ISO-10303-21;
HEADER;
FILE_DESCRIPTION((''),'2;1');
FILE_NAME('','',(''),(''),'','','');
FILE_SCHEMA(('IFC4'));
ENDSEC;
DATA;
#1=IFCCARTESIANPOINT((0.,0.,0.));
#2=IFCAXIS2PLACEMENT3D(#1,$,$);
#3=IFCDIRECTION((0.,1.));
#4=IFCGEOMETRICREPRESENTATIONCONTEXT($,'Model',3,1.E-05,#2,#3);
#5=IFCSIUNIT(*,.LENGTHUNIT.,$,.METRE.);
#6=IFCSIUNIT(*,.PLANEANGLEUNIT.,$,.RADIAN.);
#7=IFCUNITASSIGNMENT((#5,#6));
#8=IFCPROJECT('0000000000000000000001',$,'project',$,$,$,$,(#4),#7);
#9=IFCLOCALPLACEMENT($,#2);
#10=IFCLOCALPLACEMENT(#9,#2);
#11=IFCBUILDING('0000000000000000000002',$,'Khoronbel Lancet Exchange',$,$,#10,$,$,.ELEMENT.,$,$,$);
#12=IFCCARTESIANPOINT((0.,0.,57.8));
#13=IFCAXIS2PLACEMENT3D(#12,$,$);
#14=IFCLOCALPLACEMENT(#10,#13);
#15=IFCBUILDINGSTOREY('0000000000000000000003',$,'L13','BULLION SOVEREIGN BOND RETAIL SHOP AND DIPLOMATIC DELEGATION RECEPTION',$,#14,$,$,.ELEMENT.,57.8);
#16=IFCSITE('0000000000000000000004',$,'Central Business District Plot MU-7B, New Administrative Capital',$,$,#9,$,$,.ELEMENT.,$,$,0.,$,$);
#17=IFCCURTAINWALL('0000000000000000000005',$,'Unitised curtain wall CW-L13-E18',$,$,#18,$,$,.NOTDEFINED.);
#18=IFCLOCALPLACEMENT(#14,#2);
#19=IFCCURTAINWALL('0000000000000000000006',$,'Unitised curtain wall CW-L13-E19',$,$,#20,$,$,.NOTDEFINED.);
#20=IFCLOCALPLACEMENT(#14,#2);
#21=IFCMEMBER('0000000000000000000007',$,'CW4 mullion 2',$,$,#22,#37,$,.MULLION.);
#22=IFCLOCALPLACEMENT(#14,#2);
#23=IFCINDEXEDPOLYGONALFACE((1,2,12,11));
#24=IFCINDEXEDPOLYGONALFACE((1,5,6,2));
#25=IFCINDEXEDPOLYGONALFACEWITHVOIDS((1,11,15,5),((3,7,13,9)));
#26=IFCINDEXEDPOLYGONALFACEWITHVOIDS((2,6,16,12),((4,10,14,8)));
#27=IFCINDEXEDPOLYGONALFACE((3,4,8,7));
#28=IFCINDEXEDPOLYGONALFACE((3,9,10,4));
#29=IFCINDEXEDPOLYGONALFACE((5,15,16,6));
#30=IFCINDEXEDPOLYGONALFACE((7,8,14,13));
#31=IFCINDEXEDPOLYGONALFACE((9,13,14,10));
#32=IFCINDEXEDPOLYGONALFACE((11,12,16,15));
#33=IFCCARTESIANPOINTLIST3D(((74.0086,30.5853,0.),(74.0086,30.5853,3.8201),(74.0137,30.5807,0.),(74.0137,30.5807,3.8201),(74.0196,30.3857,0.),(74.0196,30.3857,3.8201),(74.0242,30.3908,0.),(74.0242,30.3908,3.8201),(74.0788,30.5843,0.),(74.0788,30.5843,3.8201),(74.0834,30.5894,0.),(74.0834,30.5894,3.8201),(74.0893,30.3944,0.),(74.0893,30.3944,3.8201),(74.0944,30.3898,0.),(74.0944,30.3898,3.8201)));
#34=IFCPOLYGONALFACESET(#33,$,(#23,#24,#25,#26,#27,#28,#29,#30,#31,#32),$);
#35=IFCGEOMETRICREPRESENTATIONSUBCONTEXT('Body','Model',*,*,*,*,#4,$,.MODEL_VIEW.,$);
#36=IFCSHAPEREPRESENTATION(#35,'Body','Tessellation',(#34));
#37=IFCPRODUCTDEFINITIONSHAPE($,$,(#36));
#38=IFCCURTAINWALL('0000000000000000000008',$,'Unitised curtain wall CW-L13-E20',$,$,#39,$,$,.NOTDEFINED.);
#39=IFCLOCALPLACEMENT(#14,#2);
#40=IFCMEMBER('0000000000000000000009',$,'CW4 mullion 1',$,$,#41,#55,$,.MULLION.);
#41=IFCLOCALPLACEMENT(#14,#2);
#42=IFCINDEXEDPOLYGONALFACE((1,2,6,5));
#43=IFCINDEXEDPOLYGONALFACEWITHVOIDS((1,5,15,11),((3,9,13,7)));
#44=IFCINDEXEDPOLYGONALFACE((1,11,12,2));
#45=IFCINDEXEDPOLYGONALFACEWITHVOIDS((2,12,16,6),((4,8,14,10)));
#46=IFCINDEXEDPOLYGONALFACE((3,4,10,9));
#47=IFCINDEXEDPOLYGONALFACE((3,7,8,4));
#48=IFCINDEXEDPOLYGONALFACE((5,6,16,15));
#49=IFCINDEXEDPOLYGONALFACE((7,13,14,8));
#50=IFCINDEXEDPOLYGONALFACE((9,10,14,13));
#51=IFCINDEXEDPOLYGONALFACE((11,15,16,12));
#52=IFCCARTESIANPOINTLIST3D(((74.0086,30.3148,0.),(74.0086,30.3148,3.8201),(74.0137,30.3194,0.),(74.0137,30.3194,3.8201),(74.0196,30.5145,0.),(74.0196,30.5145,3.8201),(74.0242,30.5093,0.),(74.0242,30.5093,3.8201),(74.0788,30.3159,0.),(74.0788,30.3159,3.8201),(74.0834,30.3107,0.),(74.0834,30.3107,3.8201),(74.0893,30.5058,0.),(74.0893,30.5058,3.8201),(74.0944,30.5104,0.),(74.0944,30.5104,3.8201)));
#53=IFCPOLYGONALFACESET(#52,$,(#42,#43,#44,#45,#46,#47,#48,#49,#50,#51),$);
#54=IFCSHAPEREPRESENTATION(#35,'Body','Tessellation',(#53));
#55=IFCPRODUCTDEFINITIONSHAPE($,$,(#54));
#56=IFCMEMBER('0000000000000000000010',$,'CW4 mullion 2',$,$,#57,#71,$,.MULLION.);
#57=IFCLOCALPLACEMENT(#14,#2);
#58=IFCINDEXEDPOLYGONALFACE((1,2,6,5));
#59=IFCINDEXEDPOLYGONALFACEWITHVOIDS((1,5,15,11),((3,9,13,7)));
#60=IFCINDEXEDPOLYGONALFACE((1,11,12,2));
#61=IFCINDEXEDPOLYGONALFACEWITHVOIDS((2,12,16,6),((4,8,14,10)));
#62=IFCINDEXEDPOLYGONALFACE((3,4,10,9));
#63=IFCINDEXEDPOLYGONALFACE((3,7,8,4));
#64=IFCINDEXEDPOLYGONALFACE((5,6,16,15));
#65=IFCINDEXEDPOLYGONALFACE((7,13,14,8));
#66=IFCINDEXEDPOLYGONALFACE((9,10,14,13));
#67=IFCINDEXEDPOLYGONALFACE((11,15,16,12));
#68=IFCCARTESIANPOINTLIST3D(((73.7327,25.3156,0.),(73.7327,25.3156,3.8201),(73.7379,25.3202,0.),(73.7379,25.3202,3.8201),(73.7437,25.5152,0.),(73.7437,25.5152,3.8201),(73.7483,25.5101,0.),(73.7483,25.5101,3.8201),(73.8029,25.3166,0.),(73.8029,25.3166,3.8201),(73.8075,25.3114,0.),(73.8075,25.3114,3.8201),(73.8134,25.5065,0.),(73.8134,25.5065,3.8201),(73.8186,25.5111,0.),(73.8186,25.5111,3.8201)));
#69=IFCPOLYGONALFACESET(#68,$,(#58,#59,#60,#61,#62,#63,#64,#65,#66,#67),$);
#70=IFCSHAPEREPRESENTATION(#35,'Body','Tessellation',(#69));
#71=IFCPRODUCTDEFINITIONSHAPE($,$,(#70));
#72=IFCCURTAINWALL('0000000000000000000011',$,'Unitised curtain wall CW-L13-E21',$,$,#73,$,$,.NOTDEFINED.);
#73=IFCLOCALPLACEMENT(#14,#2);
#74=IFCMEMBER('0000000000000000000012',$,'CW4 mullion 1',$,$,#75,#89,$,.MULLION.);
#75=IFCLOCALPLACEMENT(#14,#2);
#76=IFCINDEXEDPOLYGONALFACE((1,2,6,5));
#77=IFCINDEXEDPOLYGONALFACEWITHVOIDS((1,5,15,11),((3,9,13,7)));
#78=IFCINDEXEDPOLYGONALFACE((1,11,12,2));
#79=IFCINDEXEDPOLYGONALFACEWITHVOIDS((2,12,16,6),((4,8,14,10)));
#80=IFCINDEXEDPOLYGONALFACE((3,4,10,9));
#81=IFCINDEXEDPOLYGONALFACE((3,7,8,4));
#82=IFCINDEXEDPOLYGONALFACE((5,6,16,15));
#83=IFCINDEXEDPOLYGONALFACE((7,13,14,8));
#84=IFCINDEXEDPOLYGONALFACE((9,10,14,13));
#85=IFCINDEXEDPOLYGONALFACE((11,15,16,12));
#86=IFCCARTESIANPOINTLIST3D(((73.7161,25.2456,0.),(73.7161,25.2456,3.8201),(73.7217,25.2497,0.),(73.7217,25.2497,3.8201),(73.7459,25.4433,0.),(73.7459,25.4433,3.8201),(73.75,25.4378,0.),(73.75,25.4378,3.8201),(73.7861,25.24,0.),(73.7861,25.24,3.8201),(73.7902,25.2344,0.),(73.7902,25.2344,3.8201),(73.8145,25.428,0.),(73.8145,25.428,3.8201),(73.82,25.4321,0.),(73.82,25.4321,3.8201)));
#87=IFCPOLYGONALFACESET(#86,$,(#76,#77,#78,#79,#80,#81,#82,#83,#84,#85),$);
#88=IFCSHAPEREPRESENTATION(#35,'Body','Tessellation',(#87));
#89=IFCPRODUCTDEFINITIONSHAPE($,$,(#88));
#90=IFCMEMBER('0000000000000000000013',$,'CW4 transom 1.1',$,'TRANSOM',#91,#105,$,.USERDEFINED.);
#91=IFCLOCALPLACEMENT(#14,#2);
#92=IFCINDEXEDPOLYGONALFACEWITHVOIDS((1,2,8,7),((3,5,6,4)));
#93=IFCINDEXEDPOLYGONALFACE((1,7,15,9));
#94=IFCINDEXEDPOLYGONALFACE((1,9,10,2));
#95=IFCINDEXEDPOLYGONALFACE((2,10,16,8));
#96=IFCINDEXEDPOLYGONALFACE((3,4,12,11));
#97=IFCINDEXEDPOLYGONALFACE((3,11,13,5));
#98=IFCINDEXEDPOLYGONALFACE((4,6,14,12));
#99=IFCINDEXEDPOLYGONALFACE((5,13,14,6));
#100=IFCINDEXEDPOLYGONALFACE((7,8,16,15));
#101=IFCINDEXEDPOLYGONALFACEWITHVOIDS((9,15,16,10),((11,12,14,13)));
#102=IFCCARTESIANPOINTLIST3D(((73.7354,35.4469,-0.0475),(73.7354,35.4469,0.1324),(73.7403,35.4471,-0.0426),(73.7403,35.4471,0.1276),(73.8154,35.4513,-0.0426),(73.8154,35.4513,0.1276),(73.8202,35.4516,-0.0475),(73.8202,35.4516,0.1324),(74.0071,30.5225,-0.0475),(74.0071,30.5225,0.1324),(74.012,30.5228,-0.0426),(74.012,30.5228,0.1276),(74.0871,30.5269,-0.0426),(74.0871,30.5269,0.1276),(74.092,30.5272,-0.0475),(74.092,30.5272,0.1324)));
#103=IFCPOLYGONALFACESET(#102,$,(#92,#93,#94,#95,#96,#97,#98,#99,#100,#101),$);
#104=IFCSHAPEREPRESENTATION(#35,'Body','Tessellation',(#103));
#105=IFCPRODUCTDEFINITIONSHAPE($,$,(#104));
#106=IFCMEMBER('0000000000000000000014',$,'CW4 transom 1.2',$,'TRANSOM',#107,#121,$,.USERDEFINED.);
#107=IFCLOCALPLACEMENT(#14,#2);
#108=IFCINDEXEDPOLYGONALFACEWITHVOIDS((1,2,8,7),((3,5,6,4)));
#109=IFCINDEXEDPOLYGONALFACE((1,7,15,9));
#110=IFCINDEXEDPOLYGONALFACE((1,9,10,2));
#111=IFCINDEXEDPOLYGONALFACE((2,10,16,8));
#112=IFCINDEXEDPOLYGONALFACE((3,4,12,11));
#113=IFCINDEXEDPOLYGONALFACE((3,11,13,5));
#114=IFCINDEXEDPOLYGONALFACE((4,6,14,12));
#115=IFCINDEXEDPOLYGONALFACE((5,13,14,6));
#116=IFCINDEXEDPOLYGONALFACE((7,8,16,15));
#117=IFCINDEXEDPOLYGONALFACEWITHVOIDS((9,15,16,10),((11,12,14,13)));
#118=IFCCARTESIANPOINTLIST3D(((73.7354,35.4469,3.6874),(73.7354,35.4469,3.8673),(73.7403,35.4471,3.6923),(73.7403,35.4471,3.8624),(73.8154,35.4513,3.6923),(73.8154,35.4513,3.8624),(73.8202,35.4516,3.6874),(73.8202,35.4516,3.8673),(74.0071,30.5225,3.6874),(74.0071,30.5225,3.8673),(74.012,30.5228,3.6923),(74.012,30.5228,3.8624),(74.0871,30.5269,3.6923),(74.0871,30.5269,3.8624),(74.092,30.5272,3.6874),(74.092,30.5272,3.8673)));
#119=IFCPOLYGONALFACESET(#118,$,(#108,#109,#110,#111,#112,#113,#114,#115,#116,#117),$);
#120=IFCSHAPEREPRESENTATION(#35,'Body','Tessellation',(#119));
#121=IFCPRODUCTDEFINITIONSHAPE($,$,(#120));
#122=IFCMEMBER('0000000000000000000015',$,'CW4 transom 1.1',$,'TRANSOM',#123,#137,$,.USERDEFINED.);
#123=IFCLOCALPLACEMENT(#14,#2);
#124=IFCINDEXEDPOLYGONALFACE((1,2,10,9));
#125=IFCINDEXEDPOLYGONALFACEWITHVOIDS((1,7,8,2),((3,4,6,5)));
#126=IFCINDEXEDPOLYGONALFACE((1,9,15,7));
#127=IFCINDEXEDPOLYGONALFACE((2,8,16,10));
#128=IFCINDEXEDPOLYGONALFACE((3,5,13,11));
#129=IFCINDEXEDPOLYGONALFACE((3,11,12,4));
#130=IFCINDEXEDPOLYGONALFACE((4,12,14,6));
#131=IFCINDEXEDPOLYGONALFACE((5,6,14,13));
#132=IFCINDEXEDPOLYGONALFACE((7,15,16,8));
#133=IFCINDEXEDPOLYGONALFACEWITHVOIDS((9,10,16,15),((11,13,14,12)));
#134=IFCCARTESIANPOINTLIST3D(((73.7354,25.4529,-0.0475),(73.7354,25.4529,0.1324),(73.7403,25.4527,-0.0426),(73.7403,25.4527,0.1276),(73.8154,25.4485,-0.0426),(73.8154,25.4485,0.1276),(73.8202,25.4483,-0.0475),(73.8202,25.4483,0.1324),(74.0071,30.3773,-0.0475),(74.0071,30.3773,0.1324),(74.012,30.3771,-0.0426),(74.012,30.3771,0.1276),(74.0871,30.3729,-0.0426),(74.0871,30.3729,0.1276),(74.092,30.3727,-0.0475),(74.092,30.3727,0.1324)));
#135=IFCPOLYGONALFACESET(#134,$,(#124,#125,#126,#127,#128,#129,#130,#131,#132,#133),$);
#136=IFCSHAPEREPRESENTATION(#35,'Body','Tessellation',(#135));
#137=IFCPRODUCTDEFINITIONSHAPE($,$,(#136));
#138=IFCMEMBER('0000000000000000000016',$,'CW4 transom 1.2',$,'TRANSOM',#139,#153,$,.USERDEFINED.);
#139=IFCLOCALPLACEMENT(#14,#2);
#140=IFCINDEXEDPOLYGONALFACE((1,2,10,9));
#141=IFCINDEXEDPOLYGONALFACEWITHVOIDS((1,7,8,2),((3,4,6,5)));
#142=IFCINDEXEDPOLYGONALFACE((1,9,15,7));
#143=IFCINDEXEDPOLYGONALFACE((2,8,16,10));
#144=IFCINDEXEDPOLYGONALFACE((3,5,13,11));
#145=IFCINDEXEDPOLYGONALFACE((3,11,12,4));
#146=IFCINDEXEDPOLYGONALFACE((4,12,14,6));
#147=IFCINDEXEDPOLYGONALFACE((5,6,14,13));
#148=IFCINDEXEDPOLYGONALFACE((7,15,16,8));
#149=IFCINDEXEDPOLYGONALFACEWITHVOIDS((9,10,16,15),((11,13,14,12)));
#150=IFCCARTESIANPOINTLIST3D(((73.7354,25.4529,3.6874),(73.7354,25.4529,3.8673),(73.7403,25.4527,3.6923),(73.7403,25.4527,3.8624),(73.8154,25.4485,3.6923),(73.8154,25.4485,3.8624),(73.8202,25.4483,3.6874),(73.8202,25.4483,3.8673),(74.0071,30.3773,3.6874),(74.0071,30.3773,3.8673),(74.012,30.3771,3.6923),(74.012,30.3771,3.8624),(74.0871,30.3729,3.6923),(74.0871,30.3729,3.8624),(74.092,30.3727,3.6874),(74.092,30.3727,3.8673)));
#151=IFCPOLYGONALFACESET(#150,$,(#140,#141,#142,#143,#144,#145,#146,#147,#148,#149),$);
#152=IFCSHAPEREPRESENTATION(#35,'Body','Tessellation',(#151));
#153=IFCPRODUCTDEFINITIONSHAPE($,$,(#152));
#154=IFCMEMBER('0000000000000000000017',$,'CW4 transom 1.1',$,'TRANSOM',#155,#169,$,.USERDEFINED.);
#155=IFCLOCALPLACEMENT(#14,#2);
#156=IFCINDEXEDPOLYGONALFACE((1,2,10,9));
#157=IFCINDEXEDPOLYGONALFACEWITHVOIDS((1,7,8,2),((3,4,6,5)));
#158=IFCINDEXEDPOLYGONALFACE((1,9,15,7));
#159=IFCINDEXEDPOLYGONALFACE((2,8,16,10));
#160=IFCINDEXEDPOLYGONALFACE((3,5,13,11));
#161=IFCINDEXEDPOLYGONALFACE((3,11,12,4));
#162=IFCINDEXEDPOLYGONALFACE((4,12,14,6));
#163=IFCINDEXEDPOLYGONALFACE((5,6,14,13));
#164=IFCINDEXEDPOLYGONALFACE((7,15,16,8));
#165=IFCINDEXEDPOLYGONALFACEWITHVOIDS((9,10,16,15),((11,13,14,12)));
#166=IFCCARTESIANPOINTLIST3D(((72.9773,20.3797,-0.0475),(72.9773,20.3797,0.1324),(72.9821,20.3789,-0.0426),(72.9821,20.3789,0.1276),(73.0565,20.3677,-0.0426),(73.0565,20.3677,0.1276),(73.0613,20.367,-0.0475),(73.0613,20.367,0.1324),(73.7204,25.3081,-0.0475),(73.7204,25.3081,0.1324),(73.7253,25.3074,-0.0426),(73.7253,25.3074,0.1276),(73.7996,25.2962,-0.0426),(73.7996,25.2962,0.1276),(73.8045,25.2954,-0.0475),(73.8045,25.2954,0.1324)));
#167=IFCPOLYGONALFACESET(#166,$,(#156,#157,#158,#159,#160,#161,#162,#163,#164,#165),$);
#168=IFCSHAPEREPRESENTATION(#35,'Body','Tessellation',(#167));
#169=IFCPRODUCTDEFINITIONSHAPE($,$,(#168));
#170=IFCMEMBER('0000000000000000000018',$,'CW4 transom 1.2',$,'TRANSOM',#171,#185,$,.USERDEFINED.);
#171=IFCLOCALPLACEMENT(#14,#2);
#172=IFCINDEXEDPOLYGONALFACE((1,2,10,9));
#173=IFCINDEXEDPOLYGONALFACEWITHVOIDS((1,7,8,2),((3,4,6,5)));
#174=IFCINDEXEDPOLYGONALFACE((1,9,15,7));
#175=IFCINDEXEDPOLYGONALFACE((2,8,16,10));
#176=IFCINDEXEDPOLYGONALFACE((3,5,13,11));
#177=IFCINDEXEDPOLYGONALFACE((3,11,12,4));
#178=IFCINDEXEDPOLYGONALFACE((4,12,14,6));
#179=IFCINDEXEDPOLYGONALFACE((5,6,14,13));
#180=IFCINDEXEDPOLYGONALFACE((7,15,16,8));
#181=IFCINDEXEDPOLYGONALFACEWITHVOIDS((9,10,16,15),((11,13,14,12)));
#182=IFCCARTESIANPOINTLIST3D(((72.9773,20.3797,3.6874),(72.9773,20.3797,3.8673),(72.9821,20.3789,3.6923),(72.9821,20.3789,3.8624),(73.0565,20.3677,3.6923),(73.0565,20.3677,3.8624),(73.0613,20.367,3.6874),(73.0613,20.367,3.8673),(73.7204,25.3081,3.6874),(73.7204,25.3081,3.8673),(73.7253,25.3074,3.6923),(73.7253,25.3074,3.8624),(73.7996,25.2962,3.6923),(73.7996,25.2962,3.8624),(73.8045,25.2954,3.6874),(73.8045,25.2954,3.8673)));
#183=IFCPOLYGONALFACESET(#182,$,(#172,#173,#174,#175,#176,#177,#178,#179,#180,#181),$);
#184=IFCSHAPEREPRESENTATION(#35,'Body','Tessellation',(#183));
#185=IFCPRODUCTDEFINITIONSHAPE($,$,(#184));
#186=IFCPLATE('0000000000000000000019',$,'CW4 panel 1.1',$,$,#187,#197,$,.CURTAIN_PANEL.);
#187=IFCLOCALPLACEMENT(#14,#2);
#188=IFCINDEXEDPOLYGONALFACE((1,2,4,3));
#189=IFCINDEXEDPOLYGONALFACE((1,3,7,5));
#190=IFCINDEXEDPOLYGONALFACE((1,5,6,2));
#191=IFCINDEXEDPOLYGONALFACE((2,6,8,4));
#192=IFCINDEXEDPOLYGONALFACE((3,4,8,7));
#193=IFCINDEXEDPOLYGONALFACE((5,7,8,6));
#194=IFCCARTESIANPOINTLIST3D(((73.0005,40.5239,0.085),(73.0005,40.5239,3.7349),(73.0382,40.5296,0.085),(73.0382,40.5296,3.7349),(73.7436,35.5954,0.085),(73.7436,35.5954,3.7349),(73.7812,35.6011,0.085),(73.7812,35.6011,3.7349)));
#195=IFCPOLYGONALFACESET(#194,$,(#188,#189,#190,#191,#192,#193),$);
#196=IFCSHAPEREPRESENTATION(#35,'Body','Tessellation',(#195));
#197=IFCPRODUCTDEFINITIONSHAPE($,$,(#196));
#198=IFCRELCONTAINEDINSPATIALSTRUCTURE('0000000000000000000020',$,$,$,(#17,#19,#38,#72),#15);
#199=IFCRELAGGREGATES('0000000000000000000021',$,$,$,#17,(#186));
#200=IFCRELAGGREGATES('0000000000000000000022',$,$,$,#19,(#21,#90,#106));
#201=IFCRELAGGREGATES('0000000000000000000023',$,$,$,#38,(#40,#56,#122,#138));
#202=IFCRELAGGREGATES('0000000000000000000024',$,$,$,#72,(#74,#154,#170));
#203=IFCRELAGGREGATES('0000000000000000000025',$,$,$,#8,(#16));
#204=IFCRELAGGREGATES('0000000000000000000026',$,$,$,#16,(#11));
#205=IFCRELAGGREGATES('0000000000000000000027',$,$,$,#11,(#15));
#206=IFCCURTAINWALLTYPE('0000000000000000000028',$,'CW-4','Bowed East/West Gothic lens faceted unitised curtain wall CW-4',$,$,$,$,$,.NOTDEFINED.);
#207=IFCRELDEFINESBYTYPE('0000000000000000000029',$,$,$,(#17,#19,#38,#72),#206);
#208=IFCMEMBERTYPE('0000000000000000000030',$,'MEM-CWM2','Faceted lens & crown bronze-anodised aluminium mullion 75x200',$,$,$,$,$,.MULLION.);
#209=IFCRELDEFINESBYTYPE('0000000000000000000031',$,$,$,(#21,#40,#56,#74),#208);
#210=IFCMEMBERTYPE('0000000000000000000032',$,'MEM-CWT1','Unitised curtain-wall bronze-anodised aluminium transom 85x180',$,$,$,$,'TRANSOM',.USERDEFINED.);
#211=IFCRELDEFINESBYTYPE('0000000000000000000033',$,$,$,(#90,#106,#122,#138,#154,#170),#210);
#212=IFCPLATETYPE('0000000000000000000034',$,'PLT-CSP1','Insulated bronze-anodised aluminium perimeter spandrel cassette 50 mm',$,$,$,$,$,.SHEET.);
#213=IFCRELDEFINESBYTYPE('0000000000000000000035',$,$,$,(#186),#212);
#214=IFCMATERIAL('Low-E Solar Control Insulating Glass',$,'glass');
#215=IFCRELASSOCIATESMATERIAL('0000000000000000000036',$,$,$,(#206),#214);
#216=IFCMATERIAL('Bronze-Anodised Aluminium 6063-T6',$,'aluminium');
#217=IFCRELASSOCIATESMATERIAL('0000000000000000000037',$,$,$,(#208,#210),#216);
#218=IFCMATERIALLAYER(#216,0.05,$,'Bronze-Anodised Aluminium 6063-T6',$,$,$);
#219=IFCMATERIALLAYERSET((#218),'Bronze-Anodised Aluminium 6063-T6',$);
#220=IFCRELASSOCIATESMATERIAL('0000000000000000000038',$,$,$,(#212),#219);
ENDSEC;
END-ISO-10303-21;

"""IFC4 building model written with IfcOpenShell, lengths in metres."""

from ifc_helpers import new_model, si_unit, direction, frame, origin, origin_2d, place, context, subcontext, project, spatial, rectangle, hollow_rectangle, extrude, material, layer, layer_set, material_profile, profile_set, type_object, element, aggregate, save


model = new_model("IFC4")

# Units and contexts
model_context = context("Model", 3, precision=1e-05, world=origin(), true_north=direction((0.0, 1.0)))
body_context = subcontext(model_context, "Body", "Model", "MODEL_VIEW")
ifc_project = project(units=[si_unit("LENGTHUNIT", "METRE"), si_unit("PLANEANGLEUNIT", "RADIAN")], contexts=[model_context])

# Site, building, storey
site_placement = place(None, origin())
site = spatial("IfcSite", under=ifc_project, at=site_placement, Name="Central Business District Plot MU-7B, New Administrative Capital", CompositionType="ELEMENT", RefElevation=0.0)
building_placement = place(site_placement, origin())
building = spatial("IfcBuilding", under=site, at=building_placement, Name="Khoronbel Lancet Exchange", CompositionType="ELEMENT")
storey_placement = place(building_placement, frame((0.0, 0.0, 57.8)))
storey = spatial("IfcBuildingStorey", under=building, at=storey_placement, Name="L13", Description="BULLION SOVEREIGN BOND RETAIL SHOP AND DIPLOMATIC DELEGATION RECEPTION", CompositionType="ELEMENT", Elevation=57.8)

# Curtain wall
ifc_material_1 = material(Name="Low-E Solar Control Insulating Glass", Category="glass")
curtain_wall_type = type_object("IfcCurtainWallType", Name="CW-4", Description="Bowed East/West Gothic lens faceted unitised curtain wall CW-4", PredefinedType="NOTDEFINED", material=ifc_material_1)
curtain_wall_1_placement = place(storey_placement, origin())
curtain_wall_1 = element("IfcCurtainWall", 1, at=curtain_wall_1_placement, inside=storey, type_object=curtain_wall_type, Name="Unitised curtain wall CW-L13-E18", PredefinedType="NOTDEFINED")
ifc_material_2 = material(Name="Bronze-Anodised Aluminium 6063-T6", Category="aluminium")
ifc_material_profile_1 = material_profile(ifc_material_2, hollow_rectangle(XDim=0.075, YDim=0.2, WallThickness=0.0049, at=origin_2d()), Name="ALU MULLION 75x200")
ifc_profile_set_1 = profile_set([ifc_material_profile_1], Name="Bronze-Anodised Aluminium 6063-T6")
member_type_1 = type_object("IfcMemberType", Name="MEM-CWM2", Description="Faceted lens & crown bronze-anodised aluminium mullion 75x200", PredefinedType="MULLION", material=ifc_profile_set_1)

# Curtain walls, members
curtain_wall_2_placement = place(storey_placement, origin())
curtain_wall_2 = element("IfcCurtainWall", 2, at=curtain_wall_2_placement, inside=storey, type_object=curtain_wall_type, Name="Unitised curtain wall CW-L13-E19", PredefinedType="NOTDEFINED")
member_1_placement = place(storey_placement, frame((74.0515, 30.4875, 0.0), z_axis=(0.0, 0.0, 1.0), x_axis=(0.998481, 0.055098, 0.0)))
member_1 = element("IfcMember", 3, at=member_1_placement, type_object=member_type_1, Name="CW4 mullion 2", PredefinedType="MULLION", context=body_context, shape_type="SweptSolid", body=[
    extrude(hollow_rectangle(XDim=0.075, YDim=0.2, WallThickness=0.0049, at=origin_2d()), origin(), (0.0, 0.0, 1.0), 3.8201),
])
curtain_wall_3_placement = place(storey_placement, origin())
curtain_wall_3 = element("IfcCurtainWall", 4, at=curtain_wall_3_placement, inside=storey, type_object=curtain_wall_type, Name="Unitised curtain wall CW-L13-E20", PredefinedType="NOTDEFINED")
member_2_placement = place(storey_placement, frame((74.0515, 30.4126, 0.0), z_axis=(0.0, 0.0, 1.0), x_axis=(0.998481, -0.055098, 0.0)))
member_2 = element("IfcMember", 5, at=member_2_placement, type_object=member_type_1, Name="CW4 mullion 1", PredefinedType="MULLION", context=body_context, shape_type="SweptSolid", body=[
    extrude(hollow_rectangle(XDim=0.075, YDim=0.2, WallThickness=0.0049, at=origin_2d()), origin(), (0.0, 0.0, 1.0), 3.8201),
])
member_3_placement = place(storey_placement, frame((73.7756, 25.4133, 0.0), z_axis=(0.0, 0.0, 1.0), x_axis=(0.998481, -0.055098, 0.0)))
member_3 = element("IfcMember", 6, at=member_3_placement, type_object=member_type_1, Name="CW4 mullion 2", PredefinedType="MULLION", context=body_context, shape_type="SweptSolid", body=[
    extrude(hollow_rectangle(XDim=0.075, YDim=0.2, WallThickness=0.0049, at=origin_2d()), origin(), (0.0, 0.0, 1.0), 3.8201),
])

# Curtain wall, member
curtain_wall_4_placement = place(storey_placement, origin())
curtain_wall_4 = element("IfcCurtainWall", 7, at=curtain_wall_4_placement, inside=storey, type_object=curtain_wall_type, Name="Unitised curtain wall CW-L13-E21", PredefinedType="NOTDEFINED")
member_4_placement = place(storey_placement, frame((73.7681, 25.3389, 0.0), z_axis=(0.0, 0.0, 1.0), x_axis=(0.988825, -0.14908, 0.0)))
member_4 = element("IfcMember", 8, at=member_4_placement, type_object=member_type_1, Name="CW4 mullion 1", PredefinedType="MULLION", context=body_context, shape_type="SweptSolid", body=[
    extrude(hollow_rectangle(XDim=0.075, YDim=0.2, WallThickness=0.0049, at=origin_2d()), origin(), (0.0, 0.0, 1.0), 3.8201),
])

# Members
ifc_material_profile_2 = material_profile(ifc_material_2, hollow_rectangle(XDim=0.085, YDim=0.1799, WallThickness=0.0049, at=origin_2d()), Name="ALU TRANSOM 85x180")
ifc_profile_set_2 = profile_set([ifc_material_profile_2], Name="Bronze-Anodised Aluminium 6063-T6")
member_type_2 = type_object("IfcMemberType", Name="MEM-CWT1", Description="Unitised curtain-wall bronze-anodised aluminium transom 85x180", ElementType="TRANSOM", PredefinedType="USERDEFINED", material=ifc_profile_set_2)
member_5_placement = place(storey_placement, frame((73.7778, 35.4492, 0.0425), z_axis=(0.055097, -0.998481, 0.0), x_axis=(0.998481, 0.055097, 0.0)))
member_5 = element("IfcMember", 9, at=member_5_placement, type_object=member_type_2, Name="CW4 transom 1.1", ObjectType="TRANSOM", PredefinedType="USERDEFINED", context=body_context, shape_type="SweptSolid", body=[
    extrude(hollow_rectangle(XDim=0.085, YDim=0.1799, WallThickness=0.0049, at=origin_2d()), origin(), (0.0, 0.0, 1.0), 4.9319),
])
member_6_placement = place(storey_placement, frame((73.7778, 35.4492, 3.7773), z_axis=(0.055097, -0.998481, 0.0), x_axis=(0.998481, 0.055097, 0.0)))
member_6 = element("IfcMember", 10, at=member_6_placement, type_object=member_type_2, Name="CW4 transom 1.2", ObjectType="TRANSOM", PredefinedType="USERDEFINED", context=body_context, shape_type="SweptSolid", body=[
    extrude(hollow_rectangle(XDim=0.085, YDim=0.1799, WallThickness=0.0049, at=origin_2d()), origin(), (0.0, 0.0, 1.0), 4.9319),
])
member_7_placement = place(storey_placement, frame((74.0496, 30.375, 0.0425), z_axis=(-0.055097, -0.998481, 0.0), x_axis=(0.998481, -0.055097, 0.0)))
member_7 = element("IfcMember", 11, at=member_7_placement, type_object=member_type_2, Name="CW4 transom 1.1", ObjectType="TRANSOM", PredefinedType="USERDEFINED", context=body_context, shape_type="SweptSolid", body=[
    extrude(hollow_rectangle(XDim=0.085, YDim=0.1799, WallThickness=0.0049, at=origin_2d()), origin(), (0.0, 0.0, 1.0), 4.9319),
])
member_8_placement = place(storey_placement, frame((74.0496, 30.375, 3.7773), z_axis=(-0.055097, -0.998481, 0.0), x_axis=(0.998481, -0.055097, 0.0)))
member_8 = element("IfcMember", 12, at=member_8_placement, type_object=member_type_2, Name="CW4 transom 1.2", ObjectType="TRANSOM", PredefinedType="USERDEFINED", context=body_context, shape_type="SweptSolid", body=[
    extrude(hollow_rectangle(XDim=0.085, YDim=0.1799, WallThickness=0.0049, at=origin_2d()), origin(), (0.0, 0.0, 1.0), 4.9319),
])
member_9_placement = place(storey_placement, frame((73.7625, 25.3018, 0.0425), z_axis=(-0.149104, -0.988821, 0.0), x_axis=(0.988821, -0.149104, 0.0)))
member_9 = element("IfcMember", 13, at=member_9_placement, type_object=member_type_2, Name="CW4 transom 1.1", ObjectType="TRANSOM", PredefinedType="USERDEFINED", context=body_context, shape_type="SweptSolid", body=[
    extrude(hollow_rectangle(XDim=0.085, YDim=0.1799, WallThickness=0.0049, at=origin_2d()), origin(), (0.0, 0.0, 1.0), 4.9841),
])
member_10_placement = place(storey_placement, frame((73.7625, 25.3018, 3.7773), z_axis=(-0.149104, -0.988821, 0.0), x_axis=(0.988821, -0.149104, 0.0)))
member_10 = element("IfcMember", 14, at=member_10_placement, type_object=member_type_2, Name="CW4 transom 1.2", ObjectType="TRANSOM", PredefinedType="USERDEFINED", context=body_context, shape_type="SweptSolid", body=[
    extrude(hollow_rectangle(XDim=0.085, YDim=0.1799, WallThickness=0.0049, at=origin_2d()), origin(), (0.0, 0.0, 1.0), 4.9841),
])

# Plate
ifc_layer_1 = layer(ifc_material_2, 0.05, Name="Bronze-Anodised Aluminium 6063-T6")
ifc_layer_set_1 = layer_set([ifc_layer_1], Name="Bronze-Anodised Aluminium 6063-T6")
plate_type_1 = type_object("IfcPlateType", Name="PLT-CSP1", Description="Insulated bronze-anodised aluminium perimeter spandrel cassette 50 mm", PredefinedType="SHEET", material=ifc_layer_set_1)
plate_1_placement = place(storey_placement, frame((73.3909, 38.0625, 0.085), z_axis=(0.0, 0.0, 1.0), x_axis=(0.14908, -0.988825, 0.0)))
plate_1 = element("IfcPlate", 15, at=plate_1_placement, type_object=plate_type_1, Name="CW4 panel 1.1", PredefinedType="CURTAIN_PANEL", context=body_context, shape_type="SweptSolid", body=[
    extrude(rectangle(XDim=4.9841, YDim=0.0381, at=origin_2d()), origin(), (0.0, 0.0, 1.0), 3.6499),
])
aggregate(curtain_wall_1, [plate_1])
aggregate(curtain_wall_2, [member_1, member_5, member_6])
aggregate(curtain_wall_3, [member_2, member_3, member_7, member_8])
aggregate(curtain_wall_4, [member_4, member_9, member_10])

save(model, "model.ifc")
